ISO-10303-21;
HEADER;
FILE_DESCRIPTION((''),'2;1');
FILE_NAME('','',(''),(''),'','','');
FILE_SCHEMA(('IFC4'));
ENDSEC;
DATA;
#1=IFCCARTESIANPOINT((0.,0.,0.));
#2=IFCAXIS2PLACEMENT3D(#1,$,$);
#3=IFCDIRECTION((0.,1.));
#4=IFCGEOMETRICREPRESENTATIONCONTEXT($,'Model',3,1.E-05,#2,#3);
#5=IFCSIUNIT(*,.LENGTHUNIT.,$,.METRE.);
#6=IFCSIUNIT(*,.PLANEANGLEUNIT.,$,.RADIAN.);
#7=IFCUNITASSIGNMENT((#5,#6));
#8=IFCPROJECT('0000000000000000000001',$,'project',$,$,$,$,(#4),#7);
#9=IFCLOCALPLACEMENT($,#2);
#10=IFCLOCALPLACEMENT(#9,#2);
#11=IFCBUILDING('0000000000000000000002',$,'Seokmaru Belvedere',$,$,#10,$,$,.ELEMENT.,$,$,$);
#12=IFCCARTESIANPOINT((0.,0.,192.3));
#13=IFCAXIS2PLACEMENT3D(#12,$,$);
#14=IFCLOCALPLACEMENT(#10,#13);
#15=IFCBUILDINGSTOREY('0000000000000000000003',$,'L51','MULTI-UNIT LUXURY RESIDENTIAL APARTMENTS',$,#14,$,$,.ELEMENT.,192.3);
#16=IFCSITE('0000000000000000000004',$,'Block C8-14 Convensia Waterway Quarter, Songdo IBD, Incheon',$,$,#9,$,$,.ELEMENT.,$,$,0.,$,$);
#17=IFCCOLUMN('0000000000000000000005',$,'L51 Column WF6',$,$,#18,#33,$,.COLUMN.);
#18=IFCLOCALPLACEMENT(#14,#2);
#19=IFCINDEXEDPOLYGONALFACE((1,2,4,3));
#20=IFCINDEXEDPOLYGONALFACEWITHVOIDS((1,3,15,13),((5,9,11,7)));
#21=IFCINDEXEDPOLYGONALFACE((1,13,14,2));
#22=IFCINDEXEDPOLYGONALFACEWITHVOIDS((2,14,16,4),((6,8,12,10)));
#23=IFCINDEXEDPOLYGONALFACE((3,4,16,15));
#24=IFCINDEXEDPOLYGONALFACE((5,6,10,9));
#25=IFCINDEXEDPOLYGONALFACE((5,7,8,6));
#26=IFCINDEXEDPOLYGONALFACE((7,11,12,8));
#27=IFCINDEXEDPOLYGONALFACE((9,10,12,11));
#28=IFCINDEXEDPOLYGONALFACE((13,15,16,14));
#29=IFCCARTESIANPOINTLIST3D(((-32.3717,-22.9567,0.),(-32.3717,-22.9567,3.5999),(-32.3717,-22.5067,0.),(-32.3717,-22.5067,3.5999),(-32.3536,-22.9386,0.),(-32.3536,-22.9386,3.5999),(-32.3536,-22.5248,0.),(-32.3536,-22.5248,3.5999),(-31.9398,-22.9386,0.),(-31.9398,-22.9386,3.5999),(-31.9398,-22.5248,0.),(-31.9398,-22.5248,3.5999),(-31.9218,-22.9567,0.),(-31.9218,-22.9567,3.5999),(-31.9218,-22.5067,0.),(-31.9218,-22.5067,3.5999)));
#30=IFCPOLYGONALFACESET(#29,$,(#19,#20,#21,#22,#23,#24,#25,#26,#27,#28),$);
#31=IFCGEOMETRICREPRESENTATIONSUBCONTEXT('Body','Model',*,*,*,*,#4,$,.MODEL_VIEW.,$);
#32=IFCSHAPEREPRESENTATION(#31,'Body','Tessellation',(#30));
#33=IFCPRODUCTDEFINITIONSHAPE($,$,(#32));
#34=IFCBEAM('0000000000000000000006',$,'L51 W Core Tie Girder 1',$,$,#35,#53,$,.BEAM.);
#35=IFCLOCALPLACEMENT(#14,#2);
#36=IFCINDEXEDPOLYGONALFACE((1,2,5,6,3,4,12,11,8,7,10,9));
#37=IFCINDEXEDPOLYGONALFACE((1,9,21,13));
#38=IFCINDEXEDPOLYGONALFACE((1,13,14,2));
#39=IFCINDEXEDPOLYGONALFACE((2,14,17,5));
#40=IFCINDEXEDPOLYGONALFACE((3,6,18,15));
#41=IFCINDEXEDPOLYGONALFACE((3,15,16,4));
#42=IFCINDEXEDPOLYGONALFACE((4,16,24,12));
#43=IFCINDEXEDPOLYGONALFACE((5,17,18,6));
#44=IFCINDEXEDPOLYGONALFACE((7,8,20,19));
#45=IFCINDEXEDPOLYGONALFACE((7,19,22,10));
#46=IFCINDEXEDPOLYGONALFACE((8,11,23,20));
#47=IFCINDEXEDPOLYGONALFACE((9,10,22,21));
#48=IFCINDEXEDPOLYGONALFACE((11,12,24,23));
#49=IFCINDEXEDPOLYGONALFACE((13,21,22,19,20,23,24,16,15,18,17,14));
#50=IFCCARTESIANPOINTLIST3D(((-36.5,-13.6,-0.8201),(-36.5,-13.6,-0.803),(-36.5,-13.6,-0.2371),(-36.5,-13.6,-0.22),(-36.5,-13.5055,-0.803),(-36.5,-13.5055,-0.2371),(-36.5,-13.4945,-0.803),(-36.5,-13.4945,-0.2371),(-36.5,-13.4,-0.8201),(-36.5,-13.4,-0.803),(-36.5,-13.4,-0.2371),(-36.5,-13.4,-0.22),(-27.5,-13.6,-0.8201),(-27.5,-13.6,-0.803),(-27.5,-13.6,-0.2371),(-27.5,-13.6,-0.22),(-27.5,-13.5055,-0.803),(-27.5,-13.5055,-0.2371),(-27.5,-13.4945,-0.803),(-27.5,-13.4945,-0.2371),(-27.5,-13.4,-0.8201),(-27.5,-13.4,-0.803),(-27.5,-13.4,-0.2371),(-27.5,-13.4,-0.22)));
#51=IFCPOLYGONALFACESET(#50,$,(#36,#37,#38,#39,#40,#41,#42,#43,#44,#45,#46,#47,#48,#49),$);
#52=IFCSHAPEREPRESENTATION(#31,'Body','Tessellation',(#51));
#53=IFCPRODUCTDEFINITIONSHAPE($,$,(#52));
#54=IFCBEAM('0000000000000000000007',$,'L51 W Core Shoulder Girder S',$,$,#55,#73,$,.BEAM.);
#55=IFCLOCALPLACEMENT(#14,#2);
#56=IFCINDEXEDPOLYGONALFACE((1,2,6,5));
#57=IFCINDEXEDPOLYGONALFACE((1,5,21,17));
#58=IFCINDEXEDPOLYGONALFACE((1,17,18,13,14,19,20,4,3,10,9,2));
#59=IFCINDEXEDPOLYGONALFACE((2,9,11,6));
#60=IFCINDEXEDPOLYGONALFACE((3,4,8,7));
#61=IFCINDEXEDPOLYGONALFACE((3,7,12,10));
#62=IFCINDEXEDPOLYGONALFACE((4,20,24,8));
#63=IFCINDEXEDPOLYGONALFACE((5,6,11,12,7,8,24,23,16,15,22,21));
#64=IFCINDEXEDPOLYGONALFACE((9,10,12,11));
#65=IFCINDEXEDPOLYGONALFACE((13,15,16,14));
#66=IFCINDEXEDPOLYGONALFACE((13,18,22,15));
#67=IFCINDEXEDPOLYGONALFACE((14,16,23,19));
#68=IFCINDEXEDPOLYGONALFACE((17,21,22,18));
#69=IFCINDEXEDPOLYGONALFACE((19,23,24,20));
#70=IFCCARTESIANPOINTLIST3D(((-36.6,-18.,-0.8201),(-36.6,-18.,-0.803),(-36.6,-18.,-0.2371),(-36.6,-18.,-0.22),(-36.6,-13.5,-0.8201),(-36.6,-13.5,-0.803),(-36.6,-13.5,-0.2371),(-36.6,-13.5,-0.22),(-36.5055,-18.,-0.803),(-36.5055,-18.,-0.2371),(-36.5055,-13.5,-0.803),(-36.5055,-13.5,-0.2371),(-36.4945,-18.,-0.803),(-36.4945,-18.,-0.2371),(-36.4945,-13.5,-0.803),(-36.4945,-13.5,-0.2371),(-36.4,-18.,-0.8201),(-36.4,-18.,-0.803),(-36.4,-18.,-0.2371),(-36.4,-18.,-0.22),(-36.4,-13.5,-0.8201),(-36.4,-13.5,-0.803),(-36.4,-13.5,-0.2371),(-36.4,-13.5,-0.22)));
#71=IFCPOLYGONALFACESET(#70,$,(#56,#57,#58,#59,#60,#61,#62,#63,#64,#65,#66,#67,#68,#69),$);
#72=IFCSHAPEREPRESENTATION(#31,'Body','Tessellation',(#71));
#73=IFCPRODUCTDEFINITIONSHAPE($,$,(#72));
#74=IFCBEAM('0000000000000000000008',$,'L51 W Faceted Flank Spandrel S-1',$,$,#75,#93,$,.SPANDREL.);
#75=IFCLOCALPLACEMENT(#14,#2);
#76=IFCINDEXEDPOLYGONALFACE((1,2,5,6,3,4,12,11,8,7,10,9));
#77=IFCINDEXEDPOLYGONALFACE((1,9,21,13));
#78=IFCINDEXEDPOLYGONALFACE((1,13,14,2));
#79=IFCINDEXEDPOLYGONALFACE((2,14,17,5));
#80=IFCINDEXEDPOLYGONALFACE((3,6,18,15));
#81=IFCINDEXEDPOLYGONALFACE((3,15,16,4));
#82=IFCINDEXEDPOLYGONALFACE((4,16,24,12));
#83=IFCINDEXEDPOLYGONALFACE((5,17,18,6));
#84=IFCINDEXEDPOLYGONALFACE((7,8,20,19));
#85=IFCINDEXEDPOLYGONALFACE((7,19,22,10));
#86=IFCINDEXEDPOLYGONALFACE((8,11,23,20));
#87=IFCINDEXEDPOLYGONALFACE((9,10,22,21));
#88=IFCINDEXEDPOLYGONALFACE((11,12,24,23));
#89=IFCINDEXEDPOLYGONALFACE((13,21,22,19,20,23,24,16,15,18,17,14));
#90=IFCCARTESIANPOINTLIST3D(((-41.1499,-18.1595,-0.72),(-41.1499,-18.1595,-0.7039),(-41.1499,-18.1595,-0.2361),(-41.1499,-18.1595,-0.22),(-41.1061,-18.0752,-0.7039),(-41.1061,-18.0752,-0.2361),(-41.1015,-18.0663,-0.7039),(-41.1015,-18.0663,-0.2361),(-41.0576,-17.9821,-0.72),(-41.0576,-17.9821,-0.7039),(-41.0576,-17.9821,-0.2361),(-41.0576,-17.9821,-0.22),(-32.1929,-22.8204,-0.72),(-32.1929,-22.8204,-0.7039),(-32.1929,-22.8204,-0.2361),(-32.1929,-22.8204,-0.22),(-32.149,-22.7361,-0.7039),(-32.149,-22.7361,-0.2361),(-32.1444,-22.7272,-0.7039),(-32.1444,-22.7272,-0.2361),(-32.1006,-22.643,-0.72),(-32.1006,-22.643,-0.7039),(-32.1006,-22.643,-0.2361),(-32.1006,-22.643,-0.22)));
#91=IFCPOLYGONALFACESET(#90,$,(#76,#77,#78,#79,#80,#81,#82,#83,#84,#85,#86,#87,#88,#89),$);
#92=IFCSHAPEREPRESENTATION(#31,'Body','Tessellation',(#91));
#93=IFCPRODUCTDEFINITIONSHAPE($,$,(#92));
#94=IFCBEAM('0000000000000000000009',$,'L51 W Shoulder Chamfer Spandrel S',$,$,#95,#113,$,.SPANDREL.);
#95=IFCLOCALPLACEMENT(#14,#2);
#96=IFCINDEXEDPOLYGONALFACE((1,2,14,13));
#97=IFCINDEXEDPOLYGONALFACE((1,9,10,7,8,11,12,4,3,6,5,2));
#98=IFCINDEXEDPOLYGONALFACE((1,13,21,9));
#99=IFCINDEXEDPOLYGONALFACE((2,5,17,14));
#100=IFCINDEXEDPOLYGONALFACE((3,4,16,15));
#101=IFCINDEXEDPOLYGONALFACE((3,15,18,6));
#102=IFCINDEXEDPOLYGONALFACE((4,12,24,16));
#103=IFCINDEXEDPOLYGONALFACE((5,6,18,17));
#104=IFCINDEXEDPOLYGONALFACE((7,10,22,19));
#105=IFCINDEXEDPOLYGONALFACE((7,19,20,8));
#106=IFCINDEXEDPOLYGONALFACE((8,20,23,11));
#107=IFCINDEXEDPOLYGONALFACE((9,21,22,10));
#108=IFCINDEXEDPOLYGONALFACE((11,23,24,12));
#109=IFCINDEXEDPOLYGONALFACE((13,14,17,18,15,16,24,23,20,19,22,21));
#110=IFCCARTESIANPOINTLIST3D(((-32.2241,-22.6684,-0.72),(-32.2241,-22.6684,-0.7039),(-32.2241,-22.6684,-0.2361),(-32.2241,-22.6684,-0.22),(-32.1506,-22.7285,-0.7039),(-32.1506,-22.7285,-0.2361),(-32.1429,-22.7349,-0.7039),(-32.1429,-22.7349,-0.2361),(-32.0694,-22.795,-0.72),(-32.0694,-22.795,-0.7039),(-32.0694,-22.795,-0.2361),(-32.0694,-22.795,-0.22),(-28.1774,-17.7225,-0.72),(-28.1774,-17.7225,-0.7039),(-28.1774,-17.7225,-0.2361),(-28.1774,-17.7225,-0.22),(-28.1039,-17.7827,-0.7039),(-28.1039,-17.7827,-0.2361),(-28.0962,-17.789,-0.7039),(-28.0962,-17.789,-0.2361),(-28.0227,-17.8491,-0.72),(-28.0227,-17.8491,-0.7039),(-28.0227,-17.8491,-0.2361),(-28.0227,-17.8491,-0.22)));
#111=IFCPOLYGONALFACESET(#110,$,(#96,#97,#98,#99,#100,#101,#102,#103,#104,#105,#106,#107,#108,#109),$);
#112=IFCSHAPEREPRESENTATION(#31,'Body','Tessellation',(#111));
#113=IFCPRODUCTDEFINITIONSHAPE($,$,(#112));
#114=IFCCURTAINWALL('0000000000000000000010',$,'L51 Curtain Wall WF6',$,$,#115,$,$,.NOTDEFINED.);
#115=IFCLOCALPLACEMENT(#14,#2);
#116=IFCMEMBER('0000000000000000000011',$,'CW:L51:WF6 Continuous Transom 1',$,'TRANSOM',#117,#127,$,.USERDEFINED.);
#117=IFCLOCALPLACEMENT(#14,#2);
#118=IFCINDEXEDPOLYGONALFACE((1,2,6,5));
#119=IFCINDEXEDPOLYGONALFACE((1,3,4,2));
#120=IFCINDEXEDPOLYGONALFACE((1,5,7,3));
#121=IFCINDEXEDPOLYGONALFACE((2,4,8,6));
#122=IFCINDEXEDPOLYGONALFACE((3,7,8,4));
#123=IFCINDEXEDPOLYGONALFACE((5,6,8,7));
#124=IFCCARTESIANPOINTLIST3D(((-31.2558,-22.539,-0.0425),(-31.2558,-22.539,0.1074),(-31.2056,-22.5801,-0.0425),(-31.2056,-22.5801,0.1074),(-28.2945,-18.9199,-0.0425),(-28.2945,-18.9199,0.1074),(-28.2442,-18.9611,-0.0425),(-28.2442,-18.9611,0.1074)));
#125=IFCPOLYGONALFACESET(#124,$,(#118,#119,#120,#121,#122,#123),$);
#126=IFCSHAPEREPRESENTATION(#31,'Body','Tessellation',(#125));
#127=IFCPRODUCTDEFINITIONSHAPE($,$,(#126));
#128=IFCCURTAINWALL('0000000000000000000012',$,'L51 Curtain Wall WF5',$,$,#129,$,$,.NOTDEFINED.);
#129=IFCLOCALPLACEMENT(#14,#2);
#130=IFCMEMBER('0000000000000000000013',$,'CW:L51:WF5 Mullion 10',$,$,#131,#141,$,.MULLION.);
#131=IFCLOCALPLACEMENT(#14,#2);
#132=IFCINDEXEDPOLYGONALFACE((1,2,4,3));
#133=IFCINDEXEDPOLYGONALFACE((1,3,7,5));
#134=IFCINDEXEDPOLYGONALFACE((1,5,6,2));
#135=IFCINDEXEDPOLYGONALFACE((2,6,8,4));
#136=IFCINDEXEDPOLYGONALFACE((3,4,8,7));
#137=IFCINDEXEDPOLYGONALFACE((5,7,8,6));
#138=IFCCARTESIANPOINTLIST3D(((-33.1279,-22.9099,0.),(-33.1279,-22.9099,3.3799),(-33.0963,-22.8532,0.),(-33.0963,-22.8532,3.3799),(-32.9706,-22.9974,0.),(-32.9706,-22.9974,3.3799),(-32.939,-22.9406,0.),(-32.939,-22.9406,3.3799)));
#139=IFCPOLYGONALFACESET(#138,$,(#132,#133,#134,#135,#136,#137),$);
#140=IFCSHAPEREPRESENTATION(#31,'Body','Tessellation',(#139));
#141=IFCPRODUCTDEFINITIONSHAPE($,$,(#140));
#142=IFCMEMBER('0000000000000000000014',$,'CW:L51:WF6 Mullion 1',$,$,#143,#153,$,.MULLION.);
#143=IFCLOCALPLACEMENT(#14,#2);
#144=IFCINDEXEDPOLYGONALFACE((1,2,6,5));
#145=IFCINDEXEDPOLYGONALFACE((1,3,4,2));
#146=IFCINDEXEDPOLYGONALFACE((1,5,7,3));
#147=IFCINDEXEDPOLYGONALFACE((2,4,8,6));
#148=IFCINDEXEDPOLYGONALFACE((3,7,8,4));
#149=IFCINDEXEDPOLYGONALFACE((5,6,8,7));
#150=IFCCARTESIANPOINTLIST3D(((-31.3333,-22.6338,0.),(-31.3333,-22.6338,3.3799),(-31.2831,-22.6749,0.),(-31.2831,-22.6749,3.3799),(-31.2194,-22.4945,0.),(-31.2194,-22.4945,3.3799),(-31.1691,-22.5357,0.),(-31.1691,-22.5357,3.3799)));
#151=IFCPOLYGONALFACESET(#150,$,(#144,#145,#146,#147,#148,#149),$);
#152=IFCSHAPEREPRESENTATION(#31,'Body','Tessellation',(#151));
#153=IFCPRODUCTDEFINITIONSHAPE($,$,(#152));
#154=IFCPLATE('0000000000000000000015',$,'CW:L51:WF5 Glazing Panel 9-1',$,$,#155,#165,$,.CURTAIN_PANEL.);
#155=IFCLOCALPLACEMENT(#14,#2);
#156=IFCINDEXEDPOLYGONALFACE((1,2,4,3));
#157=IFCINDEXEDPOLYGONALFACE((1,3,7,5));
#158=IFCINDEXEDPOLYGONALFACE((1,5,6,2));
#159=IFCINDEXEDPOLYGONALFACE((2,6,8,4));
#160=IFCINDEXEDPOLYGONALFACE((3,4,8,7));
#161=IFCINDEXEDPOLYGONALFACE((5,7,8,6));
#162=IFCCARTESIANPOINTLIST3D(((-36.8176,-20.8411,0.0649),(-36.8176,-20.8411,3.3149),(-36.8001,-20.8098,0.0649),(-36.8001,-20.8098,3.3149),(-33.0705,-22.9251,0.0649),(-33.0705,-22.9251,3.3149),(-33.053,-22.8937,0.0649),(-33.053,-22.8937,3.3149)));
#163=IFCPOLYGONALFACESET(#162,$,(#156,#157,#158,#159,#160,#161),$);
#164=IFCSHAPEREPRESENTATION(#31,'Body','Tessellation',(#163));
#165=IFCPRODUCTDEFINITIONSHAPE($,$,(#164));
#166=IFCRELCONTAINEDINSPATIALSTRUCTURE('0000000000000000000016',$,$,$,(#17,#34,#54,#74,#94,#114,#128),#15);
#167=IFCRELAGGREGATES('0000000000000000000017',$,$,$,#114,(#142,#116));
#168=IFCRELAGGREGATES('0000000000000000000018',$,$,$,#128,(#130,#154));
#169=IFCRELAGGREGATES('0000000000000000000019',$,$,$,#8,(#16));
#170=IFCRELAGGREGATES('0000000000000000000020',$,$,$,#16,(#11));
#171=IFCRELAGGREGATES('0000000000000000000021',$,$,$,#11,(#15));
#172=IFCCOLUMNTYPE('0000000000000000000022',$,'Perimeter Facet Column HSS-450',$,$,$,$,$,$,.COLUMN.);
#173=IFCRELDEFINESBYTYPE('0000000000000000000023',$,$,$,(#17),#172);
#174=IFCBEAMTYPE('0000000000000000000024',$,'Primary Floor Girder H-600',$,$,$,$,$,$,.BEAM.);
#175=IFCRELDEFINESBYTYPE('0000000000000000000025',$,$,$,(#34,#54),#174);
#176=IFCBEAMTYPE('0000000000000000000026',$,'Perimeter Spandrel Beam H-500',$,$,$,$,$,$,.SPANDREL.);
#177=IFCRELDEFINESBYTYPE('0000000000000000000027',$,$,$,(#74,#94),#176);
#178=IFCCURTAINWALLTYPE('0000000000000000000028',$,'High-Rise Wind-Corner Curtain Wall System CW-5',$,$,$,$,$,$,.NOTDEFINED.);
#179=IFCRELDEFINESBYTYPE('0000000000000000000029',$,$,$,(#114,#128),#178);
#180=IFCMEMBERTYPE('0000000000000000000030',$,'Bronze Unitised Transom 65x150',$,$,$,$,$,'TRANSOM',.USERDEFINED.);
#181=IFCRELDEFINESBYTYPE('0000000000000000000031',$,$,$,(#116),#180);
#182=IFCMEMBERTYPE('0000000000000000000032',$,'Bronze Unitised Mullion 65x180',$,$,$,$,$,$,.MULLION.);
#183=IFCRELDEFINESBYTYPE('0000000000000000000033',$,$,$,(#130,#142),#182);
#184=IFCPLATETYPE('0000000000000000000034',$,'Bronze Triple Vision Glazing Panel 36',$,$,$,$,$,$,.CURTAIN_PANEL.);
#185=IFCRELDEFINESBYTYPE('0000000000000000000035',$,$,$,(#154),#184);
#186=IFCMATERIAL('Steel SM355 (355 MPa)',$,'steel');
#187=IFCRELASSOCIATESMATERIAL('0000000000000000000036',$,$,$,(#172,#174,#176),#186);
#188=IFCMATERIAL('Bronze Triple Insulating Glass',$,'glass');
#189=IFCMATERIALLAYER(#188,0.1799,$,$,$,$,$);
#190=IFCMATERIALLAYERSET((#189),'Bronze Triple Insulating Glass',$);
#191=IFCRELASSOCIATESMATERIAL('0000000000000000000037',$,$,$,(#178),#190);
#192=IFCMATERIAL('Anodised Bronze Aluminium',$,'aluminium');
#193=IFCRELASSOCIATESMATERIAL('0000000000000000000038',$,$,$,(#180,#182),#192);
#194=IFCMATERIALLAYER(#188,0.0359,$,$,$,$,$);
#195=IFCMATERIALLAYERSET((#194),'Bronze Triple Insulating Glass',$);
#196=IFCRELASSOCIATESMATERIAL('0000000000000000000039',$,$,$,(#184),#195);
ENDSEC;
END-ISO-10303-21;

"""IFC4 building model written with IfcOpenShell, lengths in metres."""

from ifc_helpers import new_model, si_unit, direction, frame, origin, origin_2d, place, context, subcontext, project, spatial, rectangle, hollow_rectangle, i_section, extrude, source, transform, mapped, material, layer, layer_set, material_profile, profile_set, type_object, type_shapes, element, aggregate, save


model = new_model("IFC4")

# Units and contexts
model_context = context("Model", 3, precision=1e-05, world=origin(), true_north=direction((0.0, 1.0)))
body_context = subcontext(model_context, "Body", "Model", "MODEL_VIEW")
ifc_project = project(units=[si_unit("LENGTHUNIT", "METRE"), si_unit("PLANEANGLEUNIT", "RADIAN")], contexts=[model_context])

# Site, building, storey
site_placement = place(None, origin())
site = spatial("IfcSite", under=ifc_project, at=site_placement, Name="Block C8-14 Convensia Waterway Quarter, Songdo IBD, Incheon", CompositionType="ELEMENT", RefElevation=0.0)
building_placement = place(site_placement, origin())
building = spatial("IfcBuilding", under=site, at=building_placement, Name="Seokmaru Belvedere", CompositionType="ELEMENT")
storey_placement = place(building_placement, frame((0.0, 0.0, 192.3)))
storey = spatial("IfcBuildingStorey", under=building, at=storey_placement, Name="L51", Description="MULTI-UNIT LUXURY RESIDENTIAL APARTMENTS", CompositionType="ELEMENT", Elevation=192.3)

# Column
ifc_material_1 = material(Name="Steel SM355 (355 MPa)", Category="steel")
ifc_material_profile_1 = material_profile(ifc_material_1, hollow_rectangle(XDim=0.45, YDim=0.45, WallThickness=0.0181, at=origin_2d()), Name="HSS-450x450x18")
ifc_profile_set_1 = profile_set([ifc_material_profile_1], Name="Steel SM355 (355 MPa)")
column_type = type_object("IfcColumnType", Name="Perimeter Facet Column HSS-450", PredefinedType="COLUMN", material=ifc_profile_set_1)
shared_shape_1 = source(origin(), body_context, "Body", "SweptSolid", [
    extrude(hollow_rectangle(XDim=0.45, YDim=0.45, WallThickness=0.0181, at=origin_2d()), origin(), (0.0, 0.0, 1.0), 3.5999),
])
type_shapes(column_type, [shared_shape_1])
column_placement = place(storey_placement, frame((-32.1467, -22.7317, 0.0), z_axis=(0.0, 0.0, 1.0), x_axis=(1.0, 0.0, 0.0)))
element("IfcColumn", 1, at=column_placement, inside=storey, type_object=column_type, Name="L51 Column WF6", PredefinedType="COLUMN", context=body_context, shape_type="MappedRepresentation", body=[
    mapped(shared_shape_1, transform((0.0, 0.0, 0.0), scale=1.0)),
])

# Beams
ifc_material_profile_2 = material_profile(ifc_material_1, i_section(OverallWidth=0.2, OverallDepth=0.6001, WebThickness=0.011, FlangeThickness=0.0171, at=origin_2d()), Name="H-600x200x11x17")
ifc_profile_set_2 = profile_set([ifc_material_profile_2], Name="Steel SM355 (355 MPa)")
beam_type_1 = type_object("IfcBeamType", Name="Primary Floor Girder H-600", PredefinedType="BEAM", material=ifc_profile_set_2)
shared_shape_2 = source(origin(), body_context, "Body", "SweptSolid", [
    extrude(i_section(OverallWidth=0.2, OverallDepth=0.6001, WebThickness=0.011, FlangeThickness=0.0171, at=origin_2d()), origin(), (0.0, 0.0, 1.0), 9.0),
])
beam_1_placement = place(storey_placement, frame((-36.5, -13.5, -0.52), z_axis=(1.0, 0.0, 0.0), x_axis=(0.0, 1.0, 0.0)))
element("IfcBeam", 2, at=beam_1_placement, inside=storey, type_object=beam_type_1, Name="L51 W Core Tie Girder 1", PredefinedType="BEAM", context=body_context, shape_type="MappedRepresentation", body=[
    mapped(shared_shape_2, transform((0.0, 0.0, 0.0), scale=1.0)),
])
shared_shape_3 = source(origin(), body_context, "Body", "SweptSolid", [
    extrude(i_section(OverallWidth=0.2, OverallDepth=0.6001, WebThickness=0.011, FlangeThickness=0.0171, at=origin_2d()), origin(), (0.0, 0.0, 1.0), 4.5),
])
type_shapes(beam_type_1, [shared_shape_2, shared_shape_3])
beam_2_placement = place(storey_placement, frame((-36.5, -18.0, -0.52), z_axis=(0.0, 1.0, 0.0), x_axis=(-1.0, 0.0, 0.0)))
element("IfcBeam", 3, at=beam_2_placement, inside=storey, type_object=beam_type_1, Name="L51 W Core Shoulder Girder S", PredefinedType="BEAM", context=body_context, shape_type="MappedRepresentation", body=[
    mapped(shared_shape_3, transform((0.0, 0.0, 0.0), scale=1.0)),
])
ifc_material_profile_3 = material_profile(ifc_material_1, i_section(OverallWidth=0.2, OverallDepth=0.5, WebThickness=0.01, FlangeThickness=0.0161, at=origin_2d()), Name="H-500x200x10x16")
ifc_profile_set_3 = profile_set([ifc_material_profile_3], Name="Steel SM355 (355 MPa)")
beam_type_2 = type_object("IfcBeamType", Name="Perimeter Spandrel Beam H-500", PredefinedType="SPANDREL", material=ifc_profile_set_3)
shared_shape_4 = source(origin(), body_context, "Body", "SweptSolid", [
    extrude(i_section(OverallWidth=0.2, OverallDepth=0.5, WebThickness=0.01, FlangeThickness=0.0161, at=origin_2d()), origin(), (0.0, 0.0, 1.0), 10.0972),
])
beam_3_placement = place(storey_placement, frame((-32.1467, -22.7317, -0.47), z_axis=(-0.887086, 0.461605, 0.0), x_axis=(-0.461605, -0.887086, 0.0)))
element("IfcBeam", 4, at=beam_3_placement, inside=storey, type_object=beam_type_2, Name="L51 W Faceted Flank Spandrel S-1", PredefinedType="SPANDREL", context=body_context, shape_type="MappedRepresentation", body=[
    mapped(shared_shape_4, transform((0.0, 0.0, 0.0), scale=1.0)),
])
shared_shape_5 = source(origin(), body_context, "Body", "SweptSolid", [
    extrude(i_section(OverallWidth=0.2, OverallDepth=0.5, WebThickness=0.01, FlangeThickness=0.0161, at=origin_2d()), origin(), (0.0, 0.0, 1.0), 6.3904),
])
type_shapes(beam_type_2, [shared_shape_4, shared_shape_5])
beam_4_placement = place(storey_placement, frame((-32.1467, -22.7317, -0.47), z_axis=(0.633244, 0.773952, 0.0), x_axis=(-0.773952, 0.633244, 0.0)))
element("IfcBeam", 5, at=beam_4_placement, inside=storey, type_object=beam_type_2, Name="L51 W Shoulder Chamfer Spandrel S", PredefinedType="SPANDREL", context=body_context, shape_type="MappedRepresentation", body=[
    mapped(shared_shape_5, transform((0.0, 0.0, 0.0), scale=1.0)),
])

# Curtain walls, members
ifc_material_2 = material(Name="Bronze Triple Insulating Glass", Category="glass")
ifc_layer_1 = layer(ifc_material_2, 0.1799)
ifc_layer_set_1 = layer_set([ifc_layer_1], Name="Bronze Triple Insulating Glass")
curtain_wall_type = type_object("IfcCurtainWallType", Name="High-Rise Wind-Corner Curtain Wall System CW-5", PredefinedType="NOTDEFINED", material=ifc_layer_set_1)
curtain_wall_1_placement = place(storey_placement, origin())
curtain_wall_1 = element("IfcCurtainWall", 6, at=curtain_wall_1_placement, inside=storey, type_object=curtain_wall_type, Name="L51 Curtain Wall WF6", PredefinedType="NOTDEFINED")
ifc_material_3 = material(Name="Anodised Bronze Aluminium", Category="aluminium")
ifc_material_profile_4 = material_profile(ifc_material_3, rectangle(XDim=0.0649, YDim=0.1499, at=origin_2d()), Name="CW-T-65x150")
ifc_profile_set_4 = profile_set([ifc_material_profile_4], Name="Anodised Bronze Aluminium")
member_type_1 = type_object("IfcMemberType", Name="Bronze Unitised Transom 65x150", ElementType="TRANSOM", PredefinedType="USERDEFINED", material=ifc_profile_set_4)
shared_shape_6 = source(origin(), body_context, "Body", "SweptSolid", [
    extrude(rectangle(XDim=0.0649, YDim=0.1499, at=origin_2d()), origin(), (0.0, 0.0, 1.0), 4.6763),
])
type_shapes(member_type_1, [shared_shape_6])
member_1_placement = place(storey_placement, frame((-31.2307, -22.5596, 0.0325), z_axis=(0.633278, 0.773925, 0.0), x_axis=(-0.773925, 0.633278, 0.0)))
member_1 = element("IfcMember", 7, at=member_1_placement, type_object=member_type_1, Name="CW:L51:WF6 Continuous Transom 1", ObjectType="TRANSOM", PredefinedType="USERDEFINED", context=body_context, shape_type="MappedRepresentation", body=[
    mapped(shared_shape_6, transform((0.0, 0.0, 0.0), scale=1.0)),
])
curtain_wall_2_placement = place(storey_placement, origin())
curtain_wall_2 = element("IfcCurtainWall", 8, at=curtain_wall_2_placement, inside=storey, type_object=curtain_wall_type, Name="L51 Curtain Wall WF5", PredefinedType="NOTDEFINED")
ifc_material_profile_5 = material_profile(ifc_material_3, rectangle(XDim=0.0649, YDim=0.1799, at=origin_2d()), Name="CW-M-65x180")
ifc_profile_set_5 = profile_set([ifc_material_profile_5], Name="Anodised Bronze Aluminium")
member_type_2 = type_object("IfcMemberType", Name="Bronze Unitised Mullion 65x180", PredefinedType="MULLION", material=ifc_profile_set_5)
shared_shape_7 = source(origin(), body_context, "Body", "SweptSolid", [
    extrude(rectangle(XDim=0.0649, YDim=0.1799, at=origin_2d()), origin(), (0.0, 0.0, 1.0), 3.3799),
])
type_shapes(member_type_2, [shared_shape_7])
member_2_placement = place(storey_placement, frame((-33.0334, -22.9253, 0.0), z_axis=(0.0, 0.0, 1.0), x_axis=(0.486047, 0.873933, 0.0)))
member_2 = element("IfcMember", 9, at=member_2_placement, type_object=member_type_2, Name="CW:L51:WF5 Mullion 10", PredefinedType="MULLION", context=body_context, shape_type="MappedRepresentation", body=[
    mapped(shared_shape_7, transform((0.0, 0.0, 0.0), scale=1.0)),
])

# Member
member_3_placement = place(storey_placement, frame((-31.2512, -22.5847, 0.0), z_axis=(0.0, 0.0, 1.0), x_axis=(-0.773944, 0.633254, 0.0)))
member_3 = element("IfcMember", 10, at=member_3_placement, type_object=member_type_2, Name="CW:L51:WF6 Mullion 1", PredefinedType="MULLION", context=body_context, shape_type="MappedRepresentation", body=[
    mapped(shared_shape_7, transform((0.0, 0.0, 0.0), scale=1.0)),
])
aggregate(curtain_wall_1, [member_3, member_1])

# Plate
ifc_layer_2 = layer(ifc_material_2, 0.0359)
ifc_layer_set_2 = layer_set([ifc_layer_2], Name="Bronze Triple Insulating Glass")
plate_type = type_object("IfcPlateType", Name="Bronze Triple Vision Glazing Panel 36", PredefinedType="CURTAIN_PANEL", material=ifc_layer_set_2)
shared_shape_8 = source(origin(), body_context, "Body", "SweptSolid", [
    extrude(rectangle(XDim=4.2876, YDim=0.0359, at=origin_2d()), origin(), (0.0, 0.0, 1.0), 3.25),
])
type_shapes(plate_type, [shared_shape_8])
plate_placement = place(storey_placement, frame((-34.9353, -21.8674, 0.0649), z_axis=(0.0, 0.0, 1.0), x_axis=(0.873933, -0.486047, 0.0)))
plate = element("IfcPlate", 11, at=plate_placement, type_object=plate_type, Name="CW:L51:WF5 Glazing Panel 9-1", PredefinedType="CURTAIN_PANEL", context=body_context, shape_type="MappedRepresentation", body=[
    mapped(shared_shape_8, transform((0.0, 0.0, 0.0), scale=1.0)),
])
aggregate(curtain_wall_2, [member_2, plate])

save(model, "model.ifc")
